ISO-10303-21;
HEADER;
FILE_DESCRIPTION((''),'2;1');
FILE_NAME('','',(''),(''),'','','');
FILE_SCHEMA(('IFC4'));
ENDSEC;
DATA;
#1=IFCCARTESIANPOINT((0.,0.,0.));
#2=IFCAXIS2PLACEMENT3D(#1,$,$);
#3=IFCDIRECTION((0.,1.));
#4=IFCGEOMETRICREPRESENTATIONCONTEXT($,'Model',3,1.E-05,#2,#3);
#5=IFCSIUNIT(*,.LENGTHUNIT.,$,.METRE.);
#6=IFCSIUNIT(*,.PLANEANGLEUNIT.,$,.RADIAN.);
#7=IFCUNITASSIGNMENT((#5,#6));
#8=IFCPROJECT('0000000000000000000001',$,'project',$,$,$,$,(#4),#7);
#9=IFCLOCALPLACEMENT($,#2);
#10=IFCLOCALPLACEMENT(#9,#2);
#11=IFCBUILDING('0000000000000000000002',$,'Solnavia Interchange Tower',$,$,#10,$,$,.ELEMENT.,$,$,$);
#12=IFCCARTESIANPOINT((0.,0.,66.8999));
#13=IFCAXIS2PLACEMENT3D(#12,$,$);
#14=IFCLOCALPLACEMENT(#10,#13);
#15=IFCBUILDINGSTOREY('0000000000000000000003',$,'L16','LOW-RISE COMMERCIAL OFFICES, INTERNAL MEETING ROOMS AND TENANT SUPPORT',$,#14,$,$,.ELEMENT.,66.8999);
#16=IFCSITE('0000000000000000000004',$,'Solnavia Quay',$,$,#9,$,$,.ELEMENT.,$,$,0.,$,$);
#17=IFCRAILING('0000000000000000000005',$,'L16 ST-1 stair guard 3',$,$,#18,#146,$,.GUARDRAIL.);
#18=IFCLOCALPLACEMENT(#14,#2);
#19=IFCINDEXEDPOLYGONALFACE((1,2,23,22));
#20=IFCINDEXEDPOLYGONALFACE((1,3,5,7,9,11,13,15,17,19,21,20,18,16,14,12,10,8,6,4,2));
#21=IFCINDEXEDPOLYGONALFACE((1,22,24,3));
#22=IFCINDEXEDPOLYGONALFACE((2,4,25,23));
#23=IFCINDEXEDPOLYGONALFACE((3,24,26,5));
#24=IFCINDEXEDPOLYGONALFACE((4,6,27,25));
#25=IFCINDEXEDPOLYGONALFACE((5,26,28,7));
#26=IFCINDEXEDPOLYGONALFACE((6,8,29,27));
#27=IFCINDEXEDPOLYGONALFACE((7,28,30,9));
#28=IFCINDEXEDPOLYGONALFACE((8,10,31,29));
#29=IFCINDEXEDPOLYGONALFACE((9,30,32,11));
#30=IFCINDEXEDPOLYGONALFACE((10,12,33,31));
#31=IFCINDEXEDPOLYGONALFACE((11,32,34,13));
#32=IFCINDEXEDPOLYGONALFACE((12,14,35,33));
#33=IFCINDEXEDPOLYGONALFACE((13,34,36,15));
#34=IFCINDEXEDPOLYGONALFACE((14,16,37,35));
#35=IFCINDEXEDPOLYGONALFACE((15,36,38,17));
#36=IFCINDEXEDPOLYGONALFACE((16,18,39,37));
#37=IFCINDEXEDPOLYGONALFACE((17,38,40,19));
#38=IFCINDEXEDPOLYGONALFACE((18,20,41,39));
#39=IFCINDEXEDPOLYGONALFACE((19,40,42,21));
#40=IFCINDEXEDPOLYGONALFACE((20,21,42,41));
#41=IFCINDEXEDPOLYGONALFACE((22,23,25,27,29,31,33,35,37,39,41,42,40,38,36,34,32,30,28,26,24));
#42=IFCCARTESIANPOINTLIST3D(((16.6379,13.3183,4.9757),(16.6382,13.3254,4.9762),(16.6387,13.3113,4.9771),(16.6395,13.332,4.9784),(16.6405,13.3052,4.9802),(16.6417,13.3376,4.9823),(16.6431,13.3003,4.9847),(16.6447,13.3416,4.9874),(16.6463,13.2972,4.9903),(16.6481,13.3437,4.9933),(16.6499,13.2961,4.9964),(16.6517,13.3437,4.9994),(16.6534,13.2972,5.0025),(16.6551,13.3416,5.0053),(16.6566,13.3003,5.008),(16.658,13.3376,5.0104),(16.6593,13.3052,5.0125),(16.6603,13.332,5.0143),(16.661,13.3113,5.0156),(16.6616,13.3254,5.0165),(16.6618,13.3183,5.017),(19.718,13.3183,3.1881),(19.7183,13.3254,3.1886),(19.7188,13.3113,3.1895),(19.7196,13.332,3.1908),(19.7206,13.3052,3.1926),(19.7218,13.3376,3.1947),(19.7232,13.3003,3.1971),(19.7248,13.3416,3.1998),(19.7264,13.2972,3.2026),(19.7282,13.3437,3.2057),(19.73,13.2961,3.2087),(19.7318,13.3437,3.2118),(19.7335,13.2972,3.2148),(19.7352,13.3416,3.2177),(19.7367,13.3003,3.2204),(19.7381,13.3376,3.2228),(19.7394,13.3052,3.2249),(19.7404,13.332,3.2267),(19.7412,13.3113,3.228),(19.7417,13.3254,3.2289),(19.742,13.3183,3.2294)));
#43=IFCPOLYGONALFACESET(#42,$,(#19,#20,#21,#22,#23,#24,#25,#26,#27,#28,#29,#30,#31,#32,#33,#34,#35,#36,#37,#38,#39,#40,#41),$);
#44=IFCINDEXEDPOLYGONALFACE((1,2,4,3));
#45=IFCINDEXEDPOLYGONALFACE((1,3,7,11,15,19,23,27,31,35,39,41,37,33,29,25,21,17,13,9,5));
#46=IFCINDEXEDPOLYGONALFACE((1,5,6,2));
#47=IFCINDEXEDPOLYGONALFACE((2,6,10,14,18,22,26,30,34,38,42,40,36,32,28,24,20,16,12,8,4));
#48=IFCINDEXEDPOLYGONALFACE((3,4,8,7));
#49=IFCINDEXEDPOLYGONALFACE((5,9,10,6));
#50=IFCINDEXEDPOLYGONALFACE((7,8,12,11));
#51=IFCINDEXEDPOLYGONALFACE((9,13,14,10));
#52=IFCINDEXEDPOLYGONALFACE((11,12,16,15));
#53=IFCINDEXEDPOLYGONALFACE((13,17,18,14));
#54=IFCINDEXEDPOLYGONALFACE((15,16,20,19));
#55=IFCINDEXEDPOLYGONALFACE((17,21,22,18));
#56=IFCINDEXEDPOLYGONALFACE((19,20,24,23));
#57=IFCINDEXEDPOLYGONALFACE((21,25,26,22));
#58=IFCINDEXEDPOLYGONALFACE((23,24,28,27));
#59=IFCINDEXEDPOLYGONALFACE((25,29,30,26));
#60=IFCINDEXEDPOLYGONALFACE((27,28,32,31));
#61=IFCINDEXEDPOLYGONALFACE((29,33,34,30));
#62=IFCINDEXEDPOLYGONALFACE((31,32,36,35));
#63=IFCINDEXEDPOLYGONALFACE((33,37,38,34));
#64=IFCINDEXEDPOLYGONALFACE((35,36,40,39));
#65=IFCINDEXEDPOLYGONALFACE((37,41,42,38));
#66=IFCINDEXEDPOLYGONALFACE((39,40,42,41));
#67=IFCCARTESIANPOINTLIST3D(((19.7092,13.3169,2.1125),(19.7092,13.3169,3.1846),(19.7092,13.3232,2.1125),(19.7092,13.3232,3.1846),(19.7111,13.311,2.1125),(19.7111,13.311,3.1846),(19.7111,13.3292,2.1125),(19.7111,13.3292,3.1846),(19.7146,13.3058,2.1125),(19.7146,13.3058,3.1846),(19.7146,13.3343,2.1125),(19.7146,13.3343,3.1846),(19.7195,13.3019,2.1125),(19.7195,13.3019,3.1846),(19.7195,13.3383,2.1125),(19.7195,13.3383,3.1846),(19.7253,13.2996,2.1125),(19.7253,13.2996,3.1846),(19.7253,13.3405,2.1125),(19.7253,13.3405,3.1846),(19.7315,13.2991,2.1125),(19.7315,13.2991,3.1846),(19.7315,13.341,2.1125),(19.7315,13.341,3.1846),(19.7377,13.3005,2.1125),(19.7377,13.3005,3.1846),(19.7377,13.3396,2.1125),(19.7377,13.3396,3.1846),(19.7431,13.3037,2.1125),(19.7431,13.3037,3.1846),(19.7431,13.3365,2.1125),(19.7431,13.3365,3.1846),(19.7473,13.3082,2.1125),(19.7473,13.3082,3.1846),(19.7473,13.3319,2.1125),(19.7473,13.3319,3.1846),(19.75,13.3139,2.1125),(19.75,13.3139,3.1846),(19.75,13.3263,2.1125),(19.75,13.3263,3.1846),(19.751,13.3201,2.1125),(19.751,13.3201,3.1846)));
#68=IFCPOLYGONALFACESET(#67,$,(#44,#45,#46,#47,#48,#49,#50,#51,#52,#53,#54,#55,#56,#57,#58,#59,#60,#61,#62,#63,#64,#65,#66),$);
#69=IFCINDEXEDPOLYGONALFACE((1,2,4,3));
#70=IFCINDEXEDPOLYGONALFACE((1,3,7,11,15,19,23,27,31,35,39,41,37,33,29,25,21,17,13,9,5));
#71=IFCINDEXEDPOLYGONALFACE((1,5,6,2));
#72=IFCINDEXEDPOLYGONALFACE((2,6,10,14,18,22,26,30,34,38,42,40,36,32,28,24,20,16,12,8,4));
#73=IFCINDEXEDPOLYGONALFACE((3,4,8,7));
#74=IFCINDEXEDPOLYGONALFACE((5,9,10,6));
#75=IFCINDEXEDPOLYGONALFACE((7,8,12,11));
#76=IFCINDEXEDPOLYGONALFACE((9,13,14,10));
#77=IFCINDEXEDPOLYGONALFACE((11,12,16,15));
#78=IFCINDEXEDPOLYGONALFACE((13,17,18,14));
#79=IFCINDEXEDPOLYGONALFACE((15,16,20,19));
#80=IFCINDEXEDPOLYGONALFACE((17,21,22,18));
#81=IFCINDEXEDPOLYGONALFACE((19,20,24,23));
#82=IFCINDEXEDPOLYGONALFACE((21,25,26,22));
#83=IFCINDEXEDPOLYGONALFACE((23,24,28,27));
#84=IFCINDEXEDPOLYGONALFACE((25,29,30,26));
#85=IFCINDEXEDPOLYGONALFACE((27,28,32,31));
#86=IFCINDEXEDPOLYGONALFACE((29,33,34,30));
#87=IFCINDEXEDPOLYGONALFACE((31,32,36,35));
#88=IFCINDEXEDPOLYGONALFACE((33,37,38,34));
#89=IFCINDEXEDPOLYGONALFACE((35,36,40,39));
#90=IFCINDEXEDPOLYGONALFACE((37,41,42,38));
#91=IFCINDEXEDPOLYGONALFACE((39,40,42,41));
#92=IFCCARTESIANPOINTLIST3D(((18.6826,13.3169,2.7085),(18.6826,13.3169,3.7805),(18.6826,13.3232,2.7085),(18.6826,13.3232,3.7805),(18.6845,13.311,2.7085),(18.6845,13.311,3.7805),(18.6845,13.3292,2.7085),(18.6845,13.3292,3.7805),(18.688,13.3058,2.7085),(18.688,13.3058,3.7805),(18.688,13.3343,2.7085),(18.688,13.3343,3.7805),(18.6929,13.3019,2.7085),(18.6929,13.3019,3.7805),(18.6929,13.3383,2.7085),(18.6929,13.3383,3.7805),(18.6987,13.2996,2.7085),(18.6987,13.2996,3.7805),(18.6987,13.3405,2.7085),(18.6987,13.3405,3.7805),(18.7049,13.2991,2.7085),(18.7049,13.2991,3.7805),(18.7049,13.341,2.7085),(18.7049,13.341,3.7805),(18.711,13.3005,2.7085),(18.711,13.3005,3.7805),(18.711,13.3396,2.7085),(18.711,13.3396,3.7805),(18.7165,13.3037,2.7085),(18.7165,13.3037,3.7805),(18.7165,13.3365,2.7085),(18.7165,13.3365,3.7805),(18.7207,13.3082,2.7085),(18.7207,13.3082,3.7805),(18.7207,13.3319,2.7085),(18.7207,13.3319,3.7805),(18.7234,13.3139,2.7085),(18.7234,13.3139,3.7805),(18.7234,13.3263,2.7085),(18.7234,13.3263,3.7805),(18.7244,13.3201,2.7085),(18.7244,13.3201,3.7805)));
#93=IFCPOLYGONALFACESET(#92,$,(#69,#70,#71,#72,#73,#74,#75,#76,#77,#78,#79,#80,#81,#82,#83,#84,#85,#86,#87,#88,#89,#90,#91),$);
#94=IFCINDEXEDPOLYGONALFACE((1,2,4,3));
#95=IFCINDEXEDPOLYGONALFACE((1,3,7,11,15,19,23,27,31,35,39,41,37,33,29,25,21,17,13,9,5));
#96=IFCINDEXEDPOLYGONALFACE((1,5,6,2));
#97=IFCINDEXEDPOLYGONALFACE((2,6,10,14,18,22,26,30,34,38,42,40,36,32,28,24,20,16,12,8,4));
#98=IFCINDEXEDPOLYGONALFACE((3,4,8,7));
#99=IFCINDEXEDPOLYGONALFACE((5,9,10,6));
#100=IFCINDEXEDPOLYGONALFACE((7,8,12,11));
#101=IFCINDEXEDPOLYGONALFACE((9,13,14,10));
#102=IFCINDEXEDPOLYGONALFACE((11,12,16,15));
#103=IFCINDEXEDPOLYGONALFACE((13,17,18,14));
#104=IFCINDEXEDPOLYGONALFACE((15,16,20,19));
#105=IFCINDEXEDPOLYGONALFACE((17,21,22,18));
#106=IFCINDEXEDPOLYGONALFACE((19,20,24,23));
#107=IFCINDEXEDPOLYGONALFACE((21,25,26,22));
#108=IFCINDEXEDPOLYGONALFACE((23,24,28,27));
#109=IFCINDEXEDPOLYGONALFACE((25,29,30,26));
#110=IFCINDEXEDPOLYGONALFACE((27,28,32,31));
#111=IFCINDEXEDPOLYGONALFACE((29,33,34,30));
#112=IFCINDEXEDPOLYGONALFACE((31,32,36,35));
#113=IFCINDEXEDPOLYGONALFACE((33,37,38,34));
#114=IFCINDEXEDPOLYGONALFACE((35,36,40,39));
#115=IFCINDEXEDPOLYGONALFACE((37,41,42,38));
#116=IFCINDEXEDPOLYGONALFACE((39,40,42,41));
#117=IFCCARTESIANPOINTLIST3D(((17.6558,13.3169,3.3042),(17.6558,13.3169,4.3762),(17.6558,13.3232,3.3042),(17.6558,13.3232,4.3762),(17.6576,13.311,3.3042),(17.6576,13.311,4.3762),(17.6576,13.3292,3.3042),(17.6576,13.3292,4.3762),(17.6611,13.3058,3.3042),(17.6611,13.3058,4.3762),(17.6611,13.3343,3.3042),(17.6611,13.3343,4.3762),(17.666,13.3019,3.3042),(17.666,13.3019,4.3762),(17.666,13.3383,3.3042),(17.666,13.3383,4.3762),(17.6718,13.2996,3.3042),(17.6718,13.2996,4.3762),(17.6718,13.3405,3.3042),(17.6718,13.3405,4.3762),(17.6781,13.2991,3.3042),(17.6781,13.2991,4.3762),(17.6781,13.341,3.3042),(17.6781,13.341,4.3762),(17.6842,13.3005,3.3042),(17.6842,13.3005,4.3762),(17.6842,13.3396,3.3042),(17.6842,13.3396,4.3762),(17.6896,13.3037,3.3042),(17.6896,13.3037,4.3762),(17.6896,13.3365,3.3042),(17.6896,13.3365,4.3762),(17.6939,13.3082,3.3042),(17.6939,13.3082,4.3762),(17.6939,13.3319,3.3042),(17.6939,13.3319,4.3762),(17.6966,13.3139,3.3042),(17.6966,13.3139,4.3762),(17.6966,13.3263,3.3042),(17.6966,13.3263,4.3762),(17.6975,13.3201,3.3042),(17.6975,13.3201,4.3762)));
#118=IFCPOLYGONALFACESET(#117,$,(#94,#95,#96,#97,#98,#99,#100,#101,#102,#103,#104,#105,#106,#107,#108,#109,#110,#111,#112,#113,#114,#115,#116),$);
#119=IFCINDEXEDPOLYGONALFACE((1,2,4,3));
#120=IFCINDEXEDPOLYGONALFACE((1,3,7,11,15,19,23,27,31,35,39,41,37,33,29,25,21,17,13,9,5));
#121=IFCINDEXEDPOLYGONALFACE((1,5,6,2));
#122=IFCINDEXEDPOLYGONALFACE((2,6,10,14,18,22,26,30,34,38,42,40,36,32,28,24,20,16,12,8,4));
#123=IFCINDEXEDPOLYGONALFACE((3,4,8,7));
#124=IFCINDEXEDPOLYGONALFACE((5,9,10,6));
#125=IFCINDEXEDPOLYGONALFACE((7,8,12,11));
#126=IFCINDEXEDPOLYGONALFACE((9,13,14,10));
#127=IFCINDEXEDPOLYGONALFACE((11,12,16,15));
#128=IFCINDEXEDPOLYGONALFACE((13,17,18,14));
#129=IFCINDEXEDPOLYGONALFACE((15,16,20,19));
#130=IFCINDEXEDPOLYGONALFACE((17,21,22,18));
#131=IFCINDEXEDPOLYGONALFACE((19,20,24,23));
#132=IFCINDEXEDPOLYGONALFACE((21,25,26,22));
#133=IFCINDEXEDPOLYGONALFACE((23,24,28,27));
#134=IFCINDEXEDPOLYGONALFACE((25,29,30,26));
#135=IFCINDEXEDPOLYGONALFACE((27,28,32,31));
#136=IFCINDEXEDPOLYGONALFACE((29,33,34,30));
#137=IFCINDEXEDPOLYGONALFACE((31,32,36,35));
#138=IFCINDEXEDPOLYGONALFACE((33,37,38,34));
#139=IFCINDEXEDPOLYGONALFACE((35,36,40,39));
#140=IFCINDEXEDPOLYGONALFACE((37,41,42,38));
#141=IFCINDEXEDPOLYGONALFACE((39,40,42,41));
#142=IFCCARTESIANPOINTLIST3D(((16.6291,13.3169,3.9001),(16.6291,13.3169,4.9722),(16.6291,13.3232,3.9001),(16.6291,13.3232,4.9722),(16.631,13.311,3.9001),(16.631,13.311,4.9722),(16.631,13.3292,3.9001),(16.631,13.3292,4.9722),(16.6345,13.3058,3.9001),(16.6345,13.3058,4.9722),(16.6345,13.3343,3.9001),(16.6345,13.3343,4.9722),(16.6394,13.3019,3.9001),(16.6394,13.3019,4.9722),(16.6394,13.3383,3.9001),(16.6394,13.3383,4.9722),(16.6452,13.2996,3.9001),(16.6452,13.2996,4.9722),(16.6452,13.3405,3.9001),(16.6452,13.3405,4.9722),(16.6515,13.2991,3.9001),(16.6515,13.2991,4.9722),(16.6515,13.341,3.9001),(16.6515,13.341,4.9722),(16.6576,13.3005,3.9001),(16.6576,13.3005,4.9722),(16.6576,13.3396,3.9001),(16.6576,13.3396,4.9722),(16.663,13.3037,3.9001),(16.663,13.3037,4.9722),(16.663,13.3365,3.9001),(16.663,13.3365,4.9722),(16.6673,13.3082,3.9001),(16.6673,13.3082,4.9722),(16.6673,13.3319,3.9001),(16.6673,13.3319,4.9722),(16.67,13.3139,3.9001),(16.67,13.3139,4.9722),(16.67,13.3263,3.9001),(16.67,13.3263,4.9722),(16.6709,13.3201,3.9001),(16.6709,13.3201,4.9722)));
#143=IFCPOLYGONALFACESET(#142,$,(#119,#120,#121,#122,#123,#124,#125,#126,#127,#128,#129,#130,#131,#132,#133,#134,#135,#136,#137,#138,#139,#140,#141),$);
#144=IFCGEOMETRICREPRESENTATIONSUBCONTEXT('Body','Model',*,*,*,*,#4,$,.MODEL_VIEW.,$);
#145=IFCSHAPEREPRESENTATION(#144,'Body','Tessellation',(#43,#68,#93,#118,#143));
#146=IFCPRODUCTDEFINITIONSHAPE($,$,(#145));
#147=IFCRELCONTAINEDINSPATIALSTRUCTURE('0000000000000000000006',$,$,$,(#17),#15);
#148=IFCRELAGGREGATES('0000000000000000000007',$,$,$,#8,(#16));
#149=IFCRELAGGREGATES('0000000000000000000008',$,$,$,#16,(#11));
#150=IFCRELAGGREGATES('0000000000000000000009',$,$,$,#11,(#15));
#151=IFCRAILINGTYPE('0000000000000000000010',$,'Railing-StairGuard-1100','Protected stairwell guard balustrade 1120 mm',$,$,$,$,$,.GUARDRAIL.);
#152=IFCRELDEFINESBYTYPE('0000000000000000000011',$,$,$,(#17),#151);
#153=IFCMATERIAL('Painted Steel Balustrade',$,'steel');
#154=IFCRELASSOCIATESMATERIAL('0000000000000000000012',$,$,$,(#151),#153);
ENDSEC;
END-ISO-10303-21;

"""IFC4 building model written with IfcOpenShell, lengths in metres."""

from ifc_helpers import new_model, si_unit, direction, frame, origin, origin_2d, place, context, subcontext, project, spatial, circle, extrude, material, type_object, element, save


model = new_model("IFC4")

# Units and contexts
model_context = context("Model", 3, precision=1e-05, world=origin(), true_north=direction((0.0, 1.0)))
body_context = subcontext(model_context, "Body", "Model", "MODEL_VIEW")
ifc_project = project(units=[si_unit("LENGTHUNIT", "METRE"), si_unit("PLANEANGLEUNIT", "RADIAN")], contexts=[model_context])

# Site, building, storey
site_placement = place(None, origin())
site = spatial("IfcSite", under=ifc_project, at=site_placement, Name="Solnavia Quay", CompositionType="ELEMENT", RefElevation=0.0)
building_placement = place(site_placement, origin())
building = spatial("IfcBuilding", under=site, at=building_placement, Name="Solnavia Interchange Tower", CompositionType="ELEMENT")
storey_placement = place(building_placement, frame((0.0, 0.0, 66.8999)))
storey = spatial("IfcBuildingStorey", under=building, at=storey_placement, Name="L16", Description="LOW-RISE COMMERCIAL OFFICES, INTERNAL MEETING ROOMS AND TENANT SUPPORT", CompositionType="ELEMENT", Elevation=66.8999)

# Railing
ifc_material_1 = material(Name="Painted Steel Balustrade", Category="steel")
railing_type_1 = type_object("IfcRailingType", Name="Railing-StairGuard-1100", Description="Protected stairwell guard balustrade 1120 mm", PredefinedType="GUARDRAIL", material=ifc_material_1)
railing_1_placement = place(storey_placement, frame((19.73, 13.3201, 2.1125)))
element("IfcRailing", 1, at=railing_1_placement, inside=storey, type_object=railing_type_1, Name="L16 ST-1 stair guard 3", PredefinedType="GUARDRAIL", context=body_context, shape_type="SweptSolid", body=[
    extrude(circle(Radius=0.0239, at=origin_2d()), frame((0.0, 0.0, 1.0962), z_axis=(-0.864891, 0.0, 0.50196), x_axis=(0.0, -1.0, 0.0)), (0.0, 0.0, 1.0), 3.5613),
    extrude(circle(Radius=0.021, at=origin_2d()), origin(), (0.0, 0.0, 1.0), 1.072),
    extrude(circle(Radius=0.021, at=origin_2d()), frame((-1.0266, 0.0, 0.5959)), (0.0, 0.0, 1.0), 1.072),
    extrude(circle(Radius=0.021, at=origin_2d()), frame((-2.0535, 0.0, 1.1917)), (0.0, 0.0, 1.0), 1.072),
    extrude(circle(Radius=0.021, at=origin_2d()), frame((-3.0801, 0.0, 1.7876)), (0.0, 0.0, 1.0), 1.072),
])

save(model, "model.ifc")
